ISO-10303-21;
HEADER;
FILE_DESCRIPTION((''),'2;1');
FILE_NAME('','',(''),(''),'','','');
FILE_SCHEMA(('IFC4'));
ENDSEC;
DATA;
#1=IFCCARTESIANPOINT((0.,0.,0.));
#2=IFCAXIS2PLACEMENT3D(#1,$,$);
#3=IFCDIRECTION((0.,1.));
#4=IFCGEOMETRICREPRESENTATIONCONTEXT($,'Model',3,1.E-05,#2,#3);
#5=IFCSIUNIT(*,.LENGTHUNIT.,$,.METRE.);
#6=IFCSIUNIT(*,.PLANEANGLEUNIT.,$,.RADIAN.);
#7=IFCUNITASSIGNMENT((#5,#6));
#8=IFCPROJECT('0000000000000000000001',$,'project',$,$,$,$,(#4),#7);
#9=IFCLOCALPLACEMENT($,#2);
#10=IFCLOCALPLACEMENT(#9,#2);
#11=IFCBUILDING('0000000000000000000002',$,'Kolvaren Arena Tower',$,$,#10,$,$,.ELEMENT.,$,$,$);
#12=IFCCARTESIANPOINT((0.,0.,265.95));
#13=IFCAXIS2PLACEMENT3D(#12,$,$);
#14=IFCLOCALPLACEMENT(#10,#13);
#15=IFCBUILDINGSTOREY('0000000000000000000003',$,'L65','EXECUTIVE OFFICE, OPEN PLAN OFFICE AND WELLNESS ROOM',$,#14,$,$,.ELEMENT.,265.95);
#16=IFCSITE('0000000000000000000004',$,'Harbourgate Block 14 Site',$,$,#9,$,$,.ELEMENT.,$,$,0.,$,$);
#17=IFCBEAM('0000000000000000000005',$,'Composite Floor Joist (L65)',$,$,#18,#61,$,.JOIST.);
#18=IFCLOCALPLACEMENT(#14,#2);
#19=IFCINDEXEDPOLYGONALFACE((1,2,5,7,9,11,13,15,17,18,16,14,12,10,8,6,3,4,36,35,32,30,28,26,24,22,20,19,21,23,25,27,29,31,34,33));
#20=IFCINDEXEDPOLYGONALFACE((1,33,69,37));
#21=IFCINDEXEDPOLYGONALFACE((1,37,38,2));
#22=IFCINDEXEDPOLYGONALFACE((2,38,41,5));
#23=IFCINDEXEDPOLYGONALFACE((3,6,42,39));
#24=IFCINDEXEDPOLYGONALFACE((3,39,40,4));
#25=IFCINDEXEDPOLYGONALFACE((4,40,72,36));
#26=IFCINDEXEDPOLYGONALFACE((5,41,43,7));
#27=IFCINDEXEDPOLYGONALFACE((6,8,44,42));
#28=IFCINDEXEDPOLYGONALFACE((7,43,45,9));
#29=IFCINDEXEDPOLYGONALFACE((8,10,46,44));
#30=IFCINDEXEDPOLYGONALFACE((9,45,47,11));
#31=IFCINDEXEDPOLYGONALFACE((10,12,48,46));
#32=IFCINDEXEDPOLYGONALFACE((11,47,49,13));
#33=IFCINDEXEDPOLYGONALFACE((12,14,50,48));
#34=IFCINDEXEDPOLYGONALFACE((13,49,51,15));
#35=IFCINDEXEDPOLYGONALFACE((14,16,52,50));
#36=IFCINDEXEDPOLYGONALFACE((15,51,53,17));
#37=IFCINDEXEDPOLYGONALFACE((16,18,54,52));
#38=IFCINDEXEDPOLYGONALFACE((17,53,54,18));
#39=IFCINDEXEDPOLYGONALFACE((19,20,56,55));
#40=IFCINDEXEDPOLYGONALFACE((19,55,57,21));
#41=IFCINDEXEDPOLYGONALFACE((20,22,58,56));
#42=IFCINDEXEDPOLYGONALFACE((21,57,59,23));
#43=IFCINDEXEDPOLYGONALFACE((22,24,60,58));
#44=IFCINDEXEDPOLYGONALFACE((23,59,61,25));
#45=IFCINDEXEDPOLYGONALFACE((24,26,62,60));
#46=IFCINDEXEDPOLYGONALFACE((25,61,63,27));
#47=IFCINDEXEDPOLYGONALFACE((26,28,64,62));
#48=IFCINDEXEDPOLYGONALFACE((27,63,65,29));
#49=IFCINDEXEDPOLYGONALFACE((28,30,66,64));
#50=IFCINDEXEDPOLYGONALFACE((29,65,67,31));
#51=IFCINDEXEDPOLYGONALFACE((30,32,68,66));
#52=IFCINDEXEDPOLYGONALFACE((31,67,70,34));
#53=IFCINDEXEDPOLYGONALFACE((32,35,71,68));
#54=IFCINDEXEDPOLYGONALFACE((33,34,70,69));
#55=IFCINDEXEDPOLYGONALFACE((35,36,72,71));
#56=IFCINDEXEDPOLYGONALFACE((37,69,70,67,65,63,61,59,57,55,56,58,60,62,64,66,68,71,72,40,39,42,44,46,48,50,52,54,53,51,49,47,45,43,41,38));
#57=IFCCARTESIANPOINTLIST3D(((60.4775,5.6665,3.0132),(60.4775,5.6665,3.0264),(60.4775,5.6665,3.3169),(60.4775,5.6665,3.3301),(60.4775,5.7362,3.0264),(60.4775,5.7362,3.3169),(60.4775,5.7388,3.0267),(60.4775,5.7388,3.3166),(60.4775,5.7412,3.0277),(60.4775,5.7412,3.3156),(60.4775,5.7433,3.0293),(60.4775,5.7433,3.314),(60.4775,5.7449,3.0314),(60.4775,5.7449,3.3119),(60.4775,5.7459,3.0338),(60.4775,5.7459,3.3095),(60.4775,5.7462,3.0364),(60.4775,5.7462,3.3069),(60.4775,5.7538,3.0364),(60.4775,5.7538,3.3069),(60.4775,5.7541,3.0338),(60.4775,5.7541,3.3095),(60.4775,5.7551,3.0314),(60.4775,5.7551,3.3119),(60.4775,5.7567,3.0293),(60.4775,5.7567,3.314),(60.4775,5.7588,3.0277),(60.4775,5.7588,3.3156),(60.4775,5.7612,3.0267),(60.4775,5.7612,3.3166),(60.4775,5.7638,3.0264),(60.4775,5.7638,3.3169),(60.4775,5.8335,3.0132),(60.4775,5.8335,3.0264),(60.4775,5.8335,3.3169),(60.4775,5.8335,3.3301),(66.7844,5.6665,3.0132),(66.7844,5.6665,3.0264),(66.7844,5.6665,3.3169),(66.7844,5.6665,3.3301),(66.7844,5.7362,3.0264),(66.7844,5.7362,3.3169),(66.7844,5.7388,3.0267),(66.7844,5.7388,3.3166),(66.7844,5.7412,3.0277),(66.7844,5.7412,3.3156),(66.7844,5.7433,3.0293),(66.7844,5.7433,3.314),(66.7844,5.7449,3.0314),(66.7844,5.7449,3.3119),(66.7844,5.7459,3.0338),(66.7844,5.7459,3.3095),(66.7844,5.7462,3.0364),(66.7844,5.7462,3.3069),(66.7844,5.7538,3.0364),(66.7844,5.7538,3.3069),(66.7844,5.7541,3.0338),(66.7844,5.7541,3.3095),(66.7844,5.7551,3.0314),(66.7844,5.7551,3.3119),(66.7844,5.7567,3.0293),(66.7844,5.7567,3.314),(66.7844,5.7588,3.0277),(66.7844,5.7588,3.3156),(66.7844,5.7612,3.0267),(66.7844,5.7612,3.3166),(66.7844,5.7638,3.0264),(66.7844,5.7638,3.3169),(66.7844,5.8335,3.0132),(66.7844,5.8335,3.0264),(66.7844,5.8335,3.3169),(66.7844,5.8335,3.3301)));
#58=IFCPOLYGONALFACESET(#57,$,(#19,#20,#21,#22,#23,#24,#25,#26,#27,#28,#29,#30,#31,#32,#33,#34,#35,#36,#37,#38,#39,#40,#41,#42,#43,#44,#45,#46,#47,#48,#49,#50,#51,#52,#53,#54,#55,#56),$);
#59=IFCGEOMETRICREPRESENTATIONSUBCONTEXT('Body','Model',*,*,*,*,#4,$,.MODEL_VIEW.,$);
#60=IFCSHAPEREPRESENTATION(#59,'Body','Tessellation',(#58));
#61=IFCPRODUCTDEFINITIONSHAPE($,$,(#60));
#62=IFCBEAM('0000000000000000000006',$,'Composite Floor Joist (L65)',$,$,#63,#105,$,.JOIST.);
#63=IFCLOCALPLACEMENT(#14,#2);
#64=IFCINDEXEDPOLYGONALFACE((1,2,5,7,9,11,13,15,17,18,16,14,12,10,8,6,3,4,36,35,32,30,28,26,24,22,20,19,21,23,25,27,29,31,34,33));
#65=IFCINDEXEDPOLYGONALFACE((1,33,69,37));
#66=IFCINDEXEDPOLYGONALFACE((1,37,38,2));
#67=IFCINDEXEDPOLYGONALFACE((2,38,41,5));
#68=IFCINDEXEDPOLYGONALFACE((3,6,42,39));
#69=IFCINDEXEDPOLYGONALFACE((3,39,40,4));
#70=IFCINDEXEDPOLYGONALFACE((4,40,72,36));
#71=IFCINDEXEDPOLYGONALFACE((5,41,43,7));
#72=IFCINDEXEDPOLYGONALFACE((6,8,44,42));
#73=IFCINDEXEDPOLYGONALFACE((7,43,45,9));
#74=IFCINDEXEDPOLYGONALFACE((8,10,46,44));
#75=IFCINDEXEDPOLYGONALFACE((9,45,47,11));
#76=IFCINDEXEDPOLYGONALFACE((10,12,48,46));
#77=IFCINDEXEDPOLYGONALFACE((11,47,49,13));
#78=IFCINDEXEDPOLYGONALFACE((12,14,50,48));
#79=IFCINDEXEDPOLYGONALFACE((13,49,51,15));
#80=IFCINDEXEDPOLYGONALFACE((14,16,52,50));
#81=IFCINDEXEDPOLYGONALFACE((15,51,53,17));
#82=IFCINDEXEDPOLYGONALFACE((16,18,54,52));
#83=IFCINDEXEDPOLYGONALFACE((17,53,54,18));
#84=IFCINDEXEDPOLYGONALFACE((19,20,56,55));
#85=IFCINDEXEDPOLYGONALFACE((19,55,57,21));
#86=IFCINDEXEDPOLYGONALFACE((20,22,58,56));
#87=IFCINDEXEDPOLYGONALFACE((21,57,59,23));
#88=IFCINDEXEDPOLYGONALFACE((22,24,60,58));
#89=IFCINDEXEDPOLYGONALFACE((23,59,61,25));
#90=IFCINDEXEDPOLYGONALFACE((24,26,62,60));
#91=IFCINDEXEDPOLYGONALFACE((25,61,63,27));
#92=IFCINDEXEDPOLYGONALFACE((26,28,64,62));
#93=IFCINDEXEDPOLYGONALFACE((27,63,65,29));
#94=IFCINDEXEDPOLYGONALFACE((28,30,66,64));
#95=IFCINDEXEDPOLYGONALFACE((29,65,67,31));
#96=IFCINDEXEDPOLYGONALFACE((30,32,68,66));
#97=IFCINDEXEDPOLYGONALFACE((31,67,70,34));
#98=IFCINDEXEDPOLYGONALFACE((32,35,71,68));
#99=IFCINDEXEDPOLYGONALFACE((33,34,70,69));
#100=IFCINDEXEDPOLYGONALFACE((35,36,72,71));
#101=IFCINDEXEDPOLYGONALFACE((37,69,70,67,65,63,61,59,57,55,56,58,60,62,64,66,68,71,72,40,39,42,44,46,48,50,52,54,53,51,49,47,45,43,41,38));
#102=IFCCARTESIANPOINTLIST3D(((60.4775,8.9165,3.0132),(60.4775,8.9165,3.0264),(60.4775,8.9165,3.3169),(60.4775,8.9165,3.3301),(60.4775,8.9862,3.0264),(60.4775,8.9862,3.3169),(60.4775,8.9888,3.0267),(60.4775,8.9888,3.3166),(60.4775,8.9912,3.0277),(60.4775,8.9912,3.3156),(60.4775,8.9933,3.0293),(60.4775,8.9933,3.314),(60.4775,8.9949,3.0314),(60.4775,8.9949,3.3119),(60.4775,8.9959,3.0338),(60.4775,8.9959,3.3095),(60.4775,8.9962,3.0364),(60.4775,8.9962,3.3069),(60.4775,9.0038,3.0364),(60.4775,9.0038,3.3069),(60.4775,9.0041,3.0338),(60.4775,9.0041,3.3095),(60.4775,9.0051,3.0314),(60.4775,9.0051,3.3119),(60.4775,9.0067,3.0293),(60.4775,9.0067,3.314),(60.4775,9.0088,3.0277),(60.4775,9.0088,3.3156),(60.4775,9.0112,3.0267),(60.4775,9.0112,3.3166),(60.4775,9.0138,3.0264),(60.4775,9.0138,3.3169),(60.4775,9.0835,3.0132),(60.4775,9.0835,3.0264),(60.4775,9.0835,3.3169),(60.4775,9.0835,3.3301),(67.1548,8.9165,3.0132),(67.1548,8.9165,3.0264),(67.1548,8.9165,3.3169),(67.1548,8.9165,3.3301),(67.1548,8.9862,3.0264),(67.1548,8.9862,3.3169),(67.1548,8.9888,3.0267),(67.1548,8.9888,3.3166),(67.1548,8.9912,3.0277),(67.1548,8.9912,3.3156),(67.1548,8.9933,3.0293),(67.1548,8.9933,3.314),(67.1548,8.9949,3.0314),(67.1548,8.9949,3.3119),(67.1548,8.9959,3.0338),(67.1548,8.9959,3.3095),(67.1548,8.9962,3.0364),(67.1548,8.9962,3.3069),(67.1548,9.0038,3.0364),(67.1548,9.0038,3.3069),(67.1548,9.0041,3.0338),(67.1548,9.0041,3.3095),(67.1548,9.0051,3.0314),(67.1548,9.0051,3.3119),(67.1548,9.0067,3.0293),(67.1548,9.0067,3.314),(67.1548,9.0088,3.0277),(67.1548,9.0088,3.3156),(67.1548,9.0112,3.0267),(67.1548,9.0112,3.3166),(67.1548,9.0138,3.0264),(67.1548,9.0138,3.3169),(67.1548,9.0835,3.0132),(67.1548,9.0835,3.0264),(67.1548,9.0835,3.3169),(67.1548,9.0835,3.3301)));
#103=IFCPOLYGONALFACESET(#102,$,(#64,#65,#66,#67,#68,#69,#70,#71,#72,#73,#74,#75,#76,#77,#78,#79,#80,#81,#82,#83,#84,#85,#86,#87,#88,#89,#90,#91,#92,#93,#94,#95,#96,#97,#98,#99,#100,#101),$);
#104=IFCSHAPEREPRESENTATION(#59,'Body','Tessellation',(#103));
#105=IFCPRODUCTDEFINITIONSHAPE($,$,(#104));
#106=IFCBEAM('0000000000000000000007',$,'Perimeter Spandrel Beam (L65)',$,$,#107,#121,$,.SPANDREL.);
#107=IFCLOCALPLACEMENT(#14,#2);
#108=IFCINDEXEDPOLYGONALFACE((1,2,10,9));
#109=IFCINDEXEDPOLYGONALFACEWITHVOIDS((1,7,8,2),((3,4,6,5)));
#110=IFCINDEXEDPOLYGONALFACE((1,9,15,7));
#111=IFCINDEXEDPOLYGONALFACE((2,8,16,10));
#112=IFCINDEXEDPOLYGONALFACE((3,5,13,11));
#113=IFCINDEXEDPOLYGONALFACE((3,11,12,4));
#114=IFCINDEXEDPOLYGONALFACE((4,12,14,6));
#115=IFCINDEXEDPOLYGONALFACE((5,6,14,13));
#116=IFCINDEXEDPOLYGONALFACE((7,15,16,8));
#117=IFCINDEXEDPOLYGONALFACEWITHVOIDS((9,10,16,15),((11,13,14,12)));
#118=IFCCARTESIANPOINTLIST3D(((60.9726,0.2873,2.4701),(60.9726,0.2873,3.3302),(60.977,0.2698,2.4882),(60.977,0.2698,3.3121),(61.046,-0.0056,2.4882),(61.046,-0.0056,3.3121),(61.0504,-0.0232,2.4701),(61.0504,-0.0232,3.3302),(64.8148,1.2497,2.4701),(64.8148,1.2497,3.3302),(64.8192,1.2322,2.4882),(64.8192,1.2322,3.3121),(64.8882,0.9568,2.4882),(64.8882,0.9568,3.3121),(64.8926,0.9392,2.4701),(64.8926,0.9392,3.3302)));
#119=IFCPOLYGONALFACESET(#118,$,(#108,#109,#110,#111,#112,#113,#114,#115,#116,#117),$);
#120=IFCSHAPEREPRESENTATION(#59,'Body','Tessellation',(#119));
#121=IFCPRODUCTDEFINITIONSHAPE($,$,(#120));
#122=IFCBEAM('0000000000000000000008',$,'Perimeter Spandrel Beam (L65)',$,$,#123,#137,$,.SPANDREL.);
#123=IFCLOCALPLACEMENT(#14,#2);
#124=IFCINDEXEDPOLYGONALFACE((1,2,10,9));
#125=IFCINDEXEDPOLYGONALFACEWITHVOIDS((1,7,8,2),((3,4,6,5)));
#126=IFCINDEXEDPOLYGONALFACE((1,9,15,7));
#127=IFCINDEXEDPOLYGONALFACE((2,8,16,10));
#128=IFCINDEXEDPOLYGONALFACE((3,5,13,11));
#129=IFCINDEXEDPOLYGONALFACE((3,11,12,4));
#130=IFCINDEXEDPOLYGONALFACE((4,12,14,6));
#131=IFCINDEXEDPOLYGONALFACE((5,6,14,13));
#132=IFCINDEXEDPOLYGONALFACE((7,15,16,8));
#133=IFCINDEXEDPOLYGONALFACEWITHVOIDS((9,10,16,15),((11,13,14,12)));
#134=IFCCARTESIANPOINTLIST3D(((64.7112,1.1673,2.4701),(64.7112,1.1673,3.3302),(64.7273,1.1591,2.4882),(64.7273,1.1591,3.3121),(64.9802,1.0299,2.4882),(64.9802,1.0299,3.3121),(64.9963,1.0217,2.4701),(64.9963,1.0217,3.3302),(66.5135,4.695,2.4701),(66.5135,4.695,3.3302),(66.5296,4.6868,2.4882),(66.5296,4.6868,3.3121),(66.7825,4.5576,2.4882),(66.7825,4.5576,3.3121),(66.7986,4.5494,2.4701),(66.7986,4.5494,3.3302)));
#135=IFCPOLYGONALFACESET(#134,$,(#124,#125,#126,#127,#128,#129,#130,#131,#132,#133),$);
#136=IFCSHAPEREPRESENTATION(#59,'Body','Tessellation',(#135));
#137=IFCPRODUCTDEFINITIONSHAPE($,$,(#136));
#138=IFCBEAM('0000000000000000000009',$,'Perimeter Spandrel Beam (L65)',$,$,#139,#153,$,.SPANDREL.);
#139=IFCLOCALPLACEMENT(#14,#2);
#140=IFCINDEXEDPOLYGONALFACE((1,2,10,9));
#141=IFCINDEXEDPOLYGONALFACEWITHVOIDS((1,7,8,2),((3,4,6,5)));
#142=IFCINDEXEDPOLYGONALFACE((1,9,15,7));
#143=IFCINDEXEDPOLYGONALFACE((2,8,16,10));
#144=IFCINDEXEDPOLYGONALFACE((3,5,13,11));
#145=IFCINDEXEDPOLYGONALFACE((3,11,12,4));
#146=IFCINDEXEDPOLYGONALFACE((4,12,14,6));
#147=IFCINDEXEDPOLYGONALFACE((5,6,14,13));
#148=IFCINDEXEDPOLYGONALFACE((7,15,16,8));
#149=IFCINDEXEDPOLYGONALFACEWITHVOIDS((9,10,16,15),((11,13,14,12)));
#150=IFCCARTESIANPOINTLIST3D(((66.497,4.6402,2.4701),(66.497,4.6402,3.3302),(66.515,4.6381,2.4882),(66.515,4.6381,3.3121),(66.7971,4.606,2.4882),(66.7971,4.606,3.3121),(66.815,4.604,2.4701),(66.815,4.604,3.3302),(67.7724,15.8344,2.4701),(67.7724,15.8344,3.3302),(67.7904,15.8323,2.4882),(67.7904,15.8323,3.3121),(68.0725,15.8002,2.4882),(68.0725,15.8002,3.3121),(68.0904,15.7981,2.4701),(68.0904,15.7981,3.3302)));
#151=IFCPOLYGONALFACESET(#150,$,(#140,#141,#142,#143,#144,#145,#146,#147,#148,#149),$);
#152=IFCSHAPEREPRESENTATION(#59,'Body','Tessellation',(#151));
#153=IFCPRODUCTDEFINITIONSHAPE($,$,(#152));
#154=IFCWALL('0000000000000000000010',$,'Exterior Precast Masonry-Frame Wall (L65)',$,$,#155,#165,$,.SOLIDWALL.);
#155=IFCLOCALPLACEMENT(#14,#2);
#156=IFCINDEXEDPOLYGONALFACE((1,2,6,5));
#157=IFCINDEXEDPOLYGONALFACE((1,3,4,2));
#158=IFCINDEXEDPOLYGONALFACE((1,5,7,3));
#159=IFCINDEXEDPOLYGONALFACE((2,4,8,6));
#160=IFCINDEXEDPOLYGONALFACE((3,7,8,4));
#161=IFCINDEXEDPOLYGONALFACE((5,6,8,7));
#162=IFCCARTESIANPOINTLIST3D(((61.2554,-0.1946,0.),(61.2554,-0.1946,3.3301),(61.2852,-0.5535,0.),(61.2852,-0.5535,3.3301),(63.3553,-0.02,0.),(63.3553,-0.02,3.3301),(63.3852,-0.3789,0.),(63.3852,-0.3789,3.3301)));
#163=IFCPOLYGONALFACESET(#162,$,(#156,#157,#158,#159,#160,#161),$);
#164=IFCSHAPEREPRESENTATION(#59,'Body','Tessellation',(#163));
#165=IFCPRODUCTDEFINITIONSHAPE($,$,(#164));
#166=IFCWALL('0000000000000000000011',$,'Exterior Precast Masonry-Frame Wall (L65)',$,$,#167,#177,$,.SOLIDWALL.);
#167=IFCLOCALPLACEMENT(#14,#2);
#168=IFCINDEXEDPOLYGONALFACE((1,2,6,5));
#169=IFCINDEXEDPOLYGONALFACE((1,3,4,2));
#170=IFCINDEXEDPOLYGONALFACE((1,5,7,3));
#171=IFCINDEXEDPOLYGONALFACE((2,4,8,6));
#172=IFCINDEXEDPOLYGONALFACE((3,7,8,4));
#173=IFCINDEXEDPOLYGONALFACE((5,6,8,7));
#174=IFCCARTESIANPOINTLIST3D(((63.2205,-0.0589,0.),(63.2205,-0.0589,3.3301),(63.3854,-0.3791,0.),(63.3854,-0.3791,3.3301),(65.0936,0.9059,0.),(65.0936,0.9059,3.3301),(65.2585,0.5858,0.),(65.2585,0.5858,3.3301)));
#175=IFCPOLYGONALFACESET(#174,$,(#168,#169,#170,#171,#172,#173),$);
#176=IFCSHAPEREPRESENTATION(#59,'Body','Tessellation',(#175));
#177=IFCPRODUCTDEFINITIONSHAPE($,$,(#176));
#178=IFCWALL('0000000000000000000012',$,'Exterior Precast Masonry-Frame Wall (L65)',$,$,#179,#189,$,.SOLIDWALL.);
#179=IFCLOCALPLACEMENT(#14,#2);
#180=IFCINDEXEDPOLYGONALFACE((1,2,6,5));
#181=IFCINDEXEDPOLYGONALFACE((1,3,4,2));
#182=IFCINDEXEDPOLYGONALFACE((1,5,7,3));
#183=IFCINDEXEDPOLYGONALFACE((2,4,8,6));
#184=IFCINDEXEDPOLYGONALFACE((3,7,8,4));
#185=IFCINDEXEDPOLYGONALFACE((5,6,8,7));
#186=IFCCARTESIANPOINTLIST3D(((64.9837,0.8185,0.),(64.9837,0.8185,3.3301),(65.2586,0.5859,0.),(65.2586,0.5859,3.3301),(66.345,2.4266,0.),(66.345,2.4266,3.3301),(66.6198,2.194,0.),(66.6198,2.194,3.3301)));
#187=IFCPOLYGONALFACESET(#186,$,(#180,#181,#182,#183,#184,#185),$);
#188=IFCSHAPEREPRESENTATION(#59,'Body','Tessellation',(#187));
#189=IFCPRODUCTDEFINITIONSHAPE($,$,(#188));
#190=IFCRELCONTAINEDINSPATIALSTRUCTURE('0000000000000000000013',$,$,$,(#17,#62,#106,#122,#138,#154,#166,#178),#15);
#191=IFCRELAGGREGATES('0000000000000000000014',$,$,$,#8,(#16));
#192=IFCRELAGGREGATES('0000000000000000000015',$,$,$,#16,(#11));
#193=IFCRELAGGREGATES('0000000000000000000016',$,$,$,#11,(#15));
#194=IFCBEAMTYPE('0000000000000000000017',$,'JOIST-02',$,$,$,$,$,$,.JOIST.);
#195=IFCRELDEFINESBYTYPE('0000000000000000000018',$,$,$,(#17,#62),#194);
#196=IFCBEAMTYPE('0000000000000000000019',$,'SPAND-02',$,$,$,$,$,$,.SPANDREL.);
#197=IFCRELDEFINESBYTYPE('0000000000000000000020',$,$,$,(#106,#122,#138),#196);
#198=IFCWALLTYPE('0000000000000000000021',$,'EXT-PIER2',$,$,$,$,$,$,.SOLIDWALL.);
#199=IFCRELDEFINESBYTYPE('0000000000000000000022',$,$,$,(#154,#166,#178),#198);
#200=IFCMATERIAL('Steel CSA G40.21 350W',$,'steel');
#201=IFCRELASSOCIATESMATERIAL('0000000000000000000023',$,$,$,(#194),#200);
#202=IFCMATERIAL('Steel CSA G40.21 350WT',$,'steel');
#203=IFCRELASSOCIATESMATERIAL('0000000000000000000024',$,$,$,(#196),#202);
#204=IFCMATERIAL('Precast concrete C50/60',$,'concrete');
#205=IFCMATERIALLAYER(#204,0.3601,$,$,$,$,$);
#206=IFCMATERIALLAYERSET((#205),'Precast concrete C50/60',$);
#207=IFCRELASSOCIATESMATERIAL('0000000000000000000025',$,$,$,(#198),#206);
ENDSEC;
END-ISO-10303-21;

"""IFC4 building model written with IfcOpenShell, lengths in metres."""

from ifc_helpers import new_model, si_unit, direction, frame, frame_2d, origin, origin_2d, place, context, subcontext, project, spatial, rectangle, hollow_rectangle, i_section, extrude, material, layer, layer_set, material_profile, profile_set, type_object, element, save


model = new_model("IFC4")

# Units and contexts
model_context = context("Model", 3, precision=1e-05, world=origin(), true_north=direction((0.0, 1.0)))
body_context = subcontext(model_context, "Body", "Model", "MODEL_VIEW")
ifc_project = project(units=[si_unit("LENGTHUNIT", "METRE"), si_unit("PLANEANGLEUNIT", "RADIAN")], contexts=[model_context])

# Site, building, storey
site_placement = place(None, origin())
site = spatial("IfcSite", under=ifc_project, at=site_placement, Name="Harbourgate Block 14 Site", CompositionType="ELEMENT", RefElevation=0.0)
building_placement = place(site_placement, origin())
building = spatial("IfcBuilding", under=site, at=building_placement, Name="Kolvaren Arena Tower", CompositionType="ELEMENT")
storey_placement = place(building_placement, frame((0.0, 0.0, 265.95)))
storey = spatial("IfcBuildingStorey", under=building, at=storey_placement, Name="L65", Description="EXECUTIVE OFFICE, OPEN PLAN OFFICE AND WELLNESS ROOM", CompositionType="ELEMENT", Elevation=265.95)

# Beams
ifc_material_1 = material(Name="Steel CSA G40.21 350W", Category="steel")
ifc_material_profile_1 = material_profile(ifc_material_1, i_section(OverallWidth=0.167, OverallDepth=0.3169, WebThickness=0.0076, FlangeThickness=0.0132, FilletRadius=0.01, at=origin_2d()), Name="W310x52")
ifc_profile_set_1 = profile_set([ifc_material_profile_1], Name="Steel CSA G40.21 350W")
beam_type_1 = type_object("IfcBeamType", Name="JOIST-02", PredefinedType="JOIST", material=ifc_profile_set_1)
beam_1_placement = place(storey_placement, frame((60.4775, 5.75, 3.1716), z_axis=(1.0, 0.0, 0.0), x_axis=(0.0, 1.0, 0.0)))
element("IfcBeam", 1, at=beam_1_placement, inside=storey, type_object=beam_type_1, Name="Composite Floor Joist (L65)", PredefinedType="JOIST", context=body_context, shape_type="SweptSolid", body=[
    extrude(i_section(OverallWidth=0.167, OverallDepth=0.3169, WebThickness=0.0076, FlangeThickness=0.0132, FilletRadius=0.01, at=origin_2d()), origin(), (0.0, 0.0, 1.0), 6.3069),
])
beam_2_placement = place(storey_placement, frame((60.4775, 9.0, 3.1716), z_axis=(1.0, 0.0, 0.0), x_axis=(0.0, 1.0, 0.0)))
element("IfcBeam", 2, at=beam_2_placement, inside=storey, type_object=beam_type_1, Name="Composite Floor Joist (L65)", PredefinedType="JOIST", context=body_context, shape_type="SweptSolid", body=[
    extrude(i_section(OverallWidth=0.167, OverallDepth=0.3169, WebThickness=0.0076, FlangeThickness=0.0132, FilletRadius=0.01, at=origin_2d()), origin(), (0.0, 0.0, 1.0), 6.6772),
])
ifc_material_2 = material(Name="Steel CSA G40.21 350WT", Category="steel")
ifc_material_profile_2 = material_profile(ifc_material_2, hollow_rectangle(XDim=0.3201, YDim=0.8601, WallThickness=0.0181, at=origin_2d()), Name="HSS 860x320x18")
ifc_profile_set_2 = profile_set([ifc_material_profile_2], Name="Steel CSA G40.21 350WT")
beam_type_2 = type_object("IfcBeamType", Name="SPAND-02", PredefinedType="SPANDREL", material=ifc_profile_set_2)
beam_3_placement = place(storey_placement, frame((61.0115, 0.1321, 2.9001), z_axis=(0.970034, 0.242971, 0.0), x_axis=(-0.242971, 0.970034, 0.0)))
element("IfcBeam", 3, at=beam_3_placement, inside=storey, type_object=beam_type_2, Name="Perimeter Spandrel Beam (L65)", PredefinedType="SPANDREL", context=body_context, shape_type="SweptSolid", body=[
    extrude(hollow_rectangle(XDim=0.3201, YDim=0.8601, WallThickness=0.0181, at=origin_2d()), origin(), (0.0, 0.0, 1.0), 3.9609),
])
beam_4_placement = place(storey_placement, frame((64.8538, 1.0945, 2.9001), z_axis=(0.454962, 0.890511, 0.0), x_axis=(-0.890511, 0.454962, 0.0)))
element("IfcBeam", 4, at=beam_4_placement, inside=storey, type_object=beam_type_2, Name="Perimeter Spandrel Beam (L65)", PredefinedType="SPANDREL", context=body_context, shape_type="SweptSolid", body=[
    extrude(hollow_rectangle(XDim=0.3201, YDim=0.8601, WallThickness=0.0181, at=origin_2d()), origin(), (0.0, 0.0, 1.0), 3.9614),
])
beam_5_placement = place(storey_placement, frame((66.656, 4.6221, 2.9001), z_axis=(0.113202, 0.993572, 0.0), x_axis=(-0.993572, 0.113202, 0.0)))
element("IfcBeam", 5, at=beam_5_placement, inside=storey, type_object=beam_type_2, Name="Perimeter Spandrel Beam (L65)", PredefinedType="SPANDREL", context=body_context, shape_type="SweptSolid", body=[
    extrude(hollow_rectangle(XDim=0.3201, YDim=0.8601, WallThickness=0.0181, at=origin_2d()), origin(), (0.0, 0.0, 1.0), 11.2666),
])

# Walls
ifc_material_3 = material(Name="Precast concrete C50/60", Category="concrete")
ifc_layer_1 = layer(ifc_material_3, 0.3601)
ifc_layer_set_1 = layer_set([ifc_layer_1], Name="Precast concrete C50/60")
wall_type_1 = type_object("IfcWallType", Name="EXT-PIER2", PredefinedType="SOLIDWALL", material=ifc_layer_set_1)
wall_1_placement = place(storey_placement, frame((63.3704, -0.1995, 0.0), z_axis=(0.0, 0.0, 1.0), x_axis=(-0.996563, -0.082844, 0.0)))
element("IfcWall", 6, at=wall_1_placement, inside=storey, type_object=wall_type_1, Name="Exterior Precast Masonry-Frame Wall (L65)", PredefinedType="SOLIDWALL", context=body_context, shape_type="SweptSolid", body=[
    extrude(rectangle(XDim=2.1072, YDim=0.3601, at=frame_2d((1.0537, 0.0))), origin(), (0.0, 0.0, 1.0), 3.3301),
])
for number, where, z_axis, x_axis, name in (
    (7, (65.176, 0.7458, 0.0), (0.0, 0.0, 1.0), (-0.888986, -0.457934, 0.0), "Exterior Precast Masonry-Frame Wall (L65)"),
    (8, (66.4824, 2.3103, 0.0), (0.0, 0.0, 1.0), (-0.646103, -0.76325, 0.0), "Exterior Precast Masonry-Frame Wall (L65)"),
):
    element("IfcWall", number, at=place(storey_placement, frame(where, z_axis=z_axis, x_axis=x_axis)), inside=storey, type_object=wall_type_1, Name=name, PredefinedType="SOLIDWALL", context=body_context, shape_type="SweptSolid", body=[
        extrude(rectangle(XDim=2.1069, YDim=0.3601, at=frame_2d((1.0535, 0.0))), origin(), (0.0, 0.0, 1.0), 3.3301),
    ])

save(model, "model.ifc")
